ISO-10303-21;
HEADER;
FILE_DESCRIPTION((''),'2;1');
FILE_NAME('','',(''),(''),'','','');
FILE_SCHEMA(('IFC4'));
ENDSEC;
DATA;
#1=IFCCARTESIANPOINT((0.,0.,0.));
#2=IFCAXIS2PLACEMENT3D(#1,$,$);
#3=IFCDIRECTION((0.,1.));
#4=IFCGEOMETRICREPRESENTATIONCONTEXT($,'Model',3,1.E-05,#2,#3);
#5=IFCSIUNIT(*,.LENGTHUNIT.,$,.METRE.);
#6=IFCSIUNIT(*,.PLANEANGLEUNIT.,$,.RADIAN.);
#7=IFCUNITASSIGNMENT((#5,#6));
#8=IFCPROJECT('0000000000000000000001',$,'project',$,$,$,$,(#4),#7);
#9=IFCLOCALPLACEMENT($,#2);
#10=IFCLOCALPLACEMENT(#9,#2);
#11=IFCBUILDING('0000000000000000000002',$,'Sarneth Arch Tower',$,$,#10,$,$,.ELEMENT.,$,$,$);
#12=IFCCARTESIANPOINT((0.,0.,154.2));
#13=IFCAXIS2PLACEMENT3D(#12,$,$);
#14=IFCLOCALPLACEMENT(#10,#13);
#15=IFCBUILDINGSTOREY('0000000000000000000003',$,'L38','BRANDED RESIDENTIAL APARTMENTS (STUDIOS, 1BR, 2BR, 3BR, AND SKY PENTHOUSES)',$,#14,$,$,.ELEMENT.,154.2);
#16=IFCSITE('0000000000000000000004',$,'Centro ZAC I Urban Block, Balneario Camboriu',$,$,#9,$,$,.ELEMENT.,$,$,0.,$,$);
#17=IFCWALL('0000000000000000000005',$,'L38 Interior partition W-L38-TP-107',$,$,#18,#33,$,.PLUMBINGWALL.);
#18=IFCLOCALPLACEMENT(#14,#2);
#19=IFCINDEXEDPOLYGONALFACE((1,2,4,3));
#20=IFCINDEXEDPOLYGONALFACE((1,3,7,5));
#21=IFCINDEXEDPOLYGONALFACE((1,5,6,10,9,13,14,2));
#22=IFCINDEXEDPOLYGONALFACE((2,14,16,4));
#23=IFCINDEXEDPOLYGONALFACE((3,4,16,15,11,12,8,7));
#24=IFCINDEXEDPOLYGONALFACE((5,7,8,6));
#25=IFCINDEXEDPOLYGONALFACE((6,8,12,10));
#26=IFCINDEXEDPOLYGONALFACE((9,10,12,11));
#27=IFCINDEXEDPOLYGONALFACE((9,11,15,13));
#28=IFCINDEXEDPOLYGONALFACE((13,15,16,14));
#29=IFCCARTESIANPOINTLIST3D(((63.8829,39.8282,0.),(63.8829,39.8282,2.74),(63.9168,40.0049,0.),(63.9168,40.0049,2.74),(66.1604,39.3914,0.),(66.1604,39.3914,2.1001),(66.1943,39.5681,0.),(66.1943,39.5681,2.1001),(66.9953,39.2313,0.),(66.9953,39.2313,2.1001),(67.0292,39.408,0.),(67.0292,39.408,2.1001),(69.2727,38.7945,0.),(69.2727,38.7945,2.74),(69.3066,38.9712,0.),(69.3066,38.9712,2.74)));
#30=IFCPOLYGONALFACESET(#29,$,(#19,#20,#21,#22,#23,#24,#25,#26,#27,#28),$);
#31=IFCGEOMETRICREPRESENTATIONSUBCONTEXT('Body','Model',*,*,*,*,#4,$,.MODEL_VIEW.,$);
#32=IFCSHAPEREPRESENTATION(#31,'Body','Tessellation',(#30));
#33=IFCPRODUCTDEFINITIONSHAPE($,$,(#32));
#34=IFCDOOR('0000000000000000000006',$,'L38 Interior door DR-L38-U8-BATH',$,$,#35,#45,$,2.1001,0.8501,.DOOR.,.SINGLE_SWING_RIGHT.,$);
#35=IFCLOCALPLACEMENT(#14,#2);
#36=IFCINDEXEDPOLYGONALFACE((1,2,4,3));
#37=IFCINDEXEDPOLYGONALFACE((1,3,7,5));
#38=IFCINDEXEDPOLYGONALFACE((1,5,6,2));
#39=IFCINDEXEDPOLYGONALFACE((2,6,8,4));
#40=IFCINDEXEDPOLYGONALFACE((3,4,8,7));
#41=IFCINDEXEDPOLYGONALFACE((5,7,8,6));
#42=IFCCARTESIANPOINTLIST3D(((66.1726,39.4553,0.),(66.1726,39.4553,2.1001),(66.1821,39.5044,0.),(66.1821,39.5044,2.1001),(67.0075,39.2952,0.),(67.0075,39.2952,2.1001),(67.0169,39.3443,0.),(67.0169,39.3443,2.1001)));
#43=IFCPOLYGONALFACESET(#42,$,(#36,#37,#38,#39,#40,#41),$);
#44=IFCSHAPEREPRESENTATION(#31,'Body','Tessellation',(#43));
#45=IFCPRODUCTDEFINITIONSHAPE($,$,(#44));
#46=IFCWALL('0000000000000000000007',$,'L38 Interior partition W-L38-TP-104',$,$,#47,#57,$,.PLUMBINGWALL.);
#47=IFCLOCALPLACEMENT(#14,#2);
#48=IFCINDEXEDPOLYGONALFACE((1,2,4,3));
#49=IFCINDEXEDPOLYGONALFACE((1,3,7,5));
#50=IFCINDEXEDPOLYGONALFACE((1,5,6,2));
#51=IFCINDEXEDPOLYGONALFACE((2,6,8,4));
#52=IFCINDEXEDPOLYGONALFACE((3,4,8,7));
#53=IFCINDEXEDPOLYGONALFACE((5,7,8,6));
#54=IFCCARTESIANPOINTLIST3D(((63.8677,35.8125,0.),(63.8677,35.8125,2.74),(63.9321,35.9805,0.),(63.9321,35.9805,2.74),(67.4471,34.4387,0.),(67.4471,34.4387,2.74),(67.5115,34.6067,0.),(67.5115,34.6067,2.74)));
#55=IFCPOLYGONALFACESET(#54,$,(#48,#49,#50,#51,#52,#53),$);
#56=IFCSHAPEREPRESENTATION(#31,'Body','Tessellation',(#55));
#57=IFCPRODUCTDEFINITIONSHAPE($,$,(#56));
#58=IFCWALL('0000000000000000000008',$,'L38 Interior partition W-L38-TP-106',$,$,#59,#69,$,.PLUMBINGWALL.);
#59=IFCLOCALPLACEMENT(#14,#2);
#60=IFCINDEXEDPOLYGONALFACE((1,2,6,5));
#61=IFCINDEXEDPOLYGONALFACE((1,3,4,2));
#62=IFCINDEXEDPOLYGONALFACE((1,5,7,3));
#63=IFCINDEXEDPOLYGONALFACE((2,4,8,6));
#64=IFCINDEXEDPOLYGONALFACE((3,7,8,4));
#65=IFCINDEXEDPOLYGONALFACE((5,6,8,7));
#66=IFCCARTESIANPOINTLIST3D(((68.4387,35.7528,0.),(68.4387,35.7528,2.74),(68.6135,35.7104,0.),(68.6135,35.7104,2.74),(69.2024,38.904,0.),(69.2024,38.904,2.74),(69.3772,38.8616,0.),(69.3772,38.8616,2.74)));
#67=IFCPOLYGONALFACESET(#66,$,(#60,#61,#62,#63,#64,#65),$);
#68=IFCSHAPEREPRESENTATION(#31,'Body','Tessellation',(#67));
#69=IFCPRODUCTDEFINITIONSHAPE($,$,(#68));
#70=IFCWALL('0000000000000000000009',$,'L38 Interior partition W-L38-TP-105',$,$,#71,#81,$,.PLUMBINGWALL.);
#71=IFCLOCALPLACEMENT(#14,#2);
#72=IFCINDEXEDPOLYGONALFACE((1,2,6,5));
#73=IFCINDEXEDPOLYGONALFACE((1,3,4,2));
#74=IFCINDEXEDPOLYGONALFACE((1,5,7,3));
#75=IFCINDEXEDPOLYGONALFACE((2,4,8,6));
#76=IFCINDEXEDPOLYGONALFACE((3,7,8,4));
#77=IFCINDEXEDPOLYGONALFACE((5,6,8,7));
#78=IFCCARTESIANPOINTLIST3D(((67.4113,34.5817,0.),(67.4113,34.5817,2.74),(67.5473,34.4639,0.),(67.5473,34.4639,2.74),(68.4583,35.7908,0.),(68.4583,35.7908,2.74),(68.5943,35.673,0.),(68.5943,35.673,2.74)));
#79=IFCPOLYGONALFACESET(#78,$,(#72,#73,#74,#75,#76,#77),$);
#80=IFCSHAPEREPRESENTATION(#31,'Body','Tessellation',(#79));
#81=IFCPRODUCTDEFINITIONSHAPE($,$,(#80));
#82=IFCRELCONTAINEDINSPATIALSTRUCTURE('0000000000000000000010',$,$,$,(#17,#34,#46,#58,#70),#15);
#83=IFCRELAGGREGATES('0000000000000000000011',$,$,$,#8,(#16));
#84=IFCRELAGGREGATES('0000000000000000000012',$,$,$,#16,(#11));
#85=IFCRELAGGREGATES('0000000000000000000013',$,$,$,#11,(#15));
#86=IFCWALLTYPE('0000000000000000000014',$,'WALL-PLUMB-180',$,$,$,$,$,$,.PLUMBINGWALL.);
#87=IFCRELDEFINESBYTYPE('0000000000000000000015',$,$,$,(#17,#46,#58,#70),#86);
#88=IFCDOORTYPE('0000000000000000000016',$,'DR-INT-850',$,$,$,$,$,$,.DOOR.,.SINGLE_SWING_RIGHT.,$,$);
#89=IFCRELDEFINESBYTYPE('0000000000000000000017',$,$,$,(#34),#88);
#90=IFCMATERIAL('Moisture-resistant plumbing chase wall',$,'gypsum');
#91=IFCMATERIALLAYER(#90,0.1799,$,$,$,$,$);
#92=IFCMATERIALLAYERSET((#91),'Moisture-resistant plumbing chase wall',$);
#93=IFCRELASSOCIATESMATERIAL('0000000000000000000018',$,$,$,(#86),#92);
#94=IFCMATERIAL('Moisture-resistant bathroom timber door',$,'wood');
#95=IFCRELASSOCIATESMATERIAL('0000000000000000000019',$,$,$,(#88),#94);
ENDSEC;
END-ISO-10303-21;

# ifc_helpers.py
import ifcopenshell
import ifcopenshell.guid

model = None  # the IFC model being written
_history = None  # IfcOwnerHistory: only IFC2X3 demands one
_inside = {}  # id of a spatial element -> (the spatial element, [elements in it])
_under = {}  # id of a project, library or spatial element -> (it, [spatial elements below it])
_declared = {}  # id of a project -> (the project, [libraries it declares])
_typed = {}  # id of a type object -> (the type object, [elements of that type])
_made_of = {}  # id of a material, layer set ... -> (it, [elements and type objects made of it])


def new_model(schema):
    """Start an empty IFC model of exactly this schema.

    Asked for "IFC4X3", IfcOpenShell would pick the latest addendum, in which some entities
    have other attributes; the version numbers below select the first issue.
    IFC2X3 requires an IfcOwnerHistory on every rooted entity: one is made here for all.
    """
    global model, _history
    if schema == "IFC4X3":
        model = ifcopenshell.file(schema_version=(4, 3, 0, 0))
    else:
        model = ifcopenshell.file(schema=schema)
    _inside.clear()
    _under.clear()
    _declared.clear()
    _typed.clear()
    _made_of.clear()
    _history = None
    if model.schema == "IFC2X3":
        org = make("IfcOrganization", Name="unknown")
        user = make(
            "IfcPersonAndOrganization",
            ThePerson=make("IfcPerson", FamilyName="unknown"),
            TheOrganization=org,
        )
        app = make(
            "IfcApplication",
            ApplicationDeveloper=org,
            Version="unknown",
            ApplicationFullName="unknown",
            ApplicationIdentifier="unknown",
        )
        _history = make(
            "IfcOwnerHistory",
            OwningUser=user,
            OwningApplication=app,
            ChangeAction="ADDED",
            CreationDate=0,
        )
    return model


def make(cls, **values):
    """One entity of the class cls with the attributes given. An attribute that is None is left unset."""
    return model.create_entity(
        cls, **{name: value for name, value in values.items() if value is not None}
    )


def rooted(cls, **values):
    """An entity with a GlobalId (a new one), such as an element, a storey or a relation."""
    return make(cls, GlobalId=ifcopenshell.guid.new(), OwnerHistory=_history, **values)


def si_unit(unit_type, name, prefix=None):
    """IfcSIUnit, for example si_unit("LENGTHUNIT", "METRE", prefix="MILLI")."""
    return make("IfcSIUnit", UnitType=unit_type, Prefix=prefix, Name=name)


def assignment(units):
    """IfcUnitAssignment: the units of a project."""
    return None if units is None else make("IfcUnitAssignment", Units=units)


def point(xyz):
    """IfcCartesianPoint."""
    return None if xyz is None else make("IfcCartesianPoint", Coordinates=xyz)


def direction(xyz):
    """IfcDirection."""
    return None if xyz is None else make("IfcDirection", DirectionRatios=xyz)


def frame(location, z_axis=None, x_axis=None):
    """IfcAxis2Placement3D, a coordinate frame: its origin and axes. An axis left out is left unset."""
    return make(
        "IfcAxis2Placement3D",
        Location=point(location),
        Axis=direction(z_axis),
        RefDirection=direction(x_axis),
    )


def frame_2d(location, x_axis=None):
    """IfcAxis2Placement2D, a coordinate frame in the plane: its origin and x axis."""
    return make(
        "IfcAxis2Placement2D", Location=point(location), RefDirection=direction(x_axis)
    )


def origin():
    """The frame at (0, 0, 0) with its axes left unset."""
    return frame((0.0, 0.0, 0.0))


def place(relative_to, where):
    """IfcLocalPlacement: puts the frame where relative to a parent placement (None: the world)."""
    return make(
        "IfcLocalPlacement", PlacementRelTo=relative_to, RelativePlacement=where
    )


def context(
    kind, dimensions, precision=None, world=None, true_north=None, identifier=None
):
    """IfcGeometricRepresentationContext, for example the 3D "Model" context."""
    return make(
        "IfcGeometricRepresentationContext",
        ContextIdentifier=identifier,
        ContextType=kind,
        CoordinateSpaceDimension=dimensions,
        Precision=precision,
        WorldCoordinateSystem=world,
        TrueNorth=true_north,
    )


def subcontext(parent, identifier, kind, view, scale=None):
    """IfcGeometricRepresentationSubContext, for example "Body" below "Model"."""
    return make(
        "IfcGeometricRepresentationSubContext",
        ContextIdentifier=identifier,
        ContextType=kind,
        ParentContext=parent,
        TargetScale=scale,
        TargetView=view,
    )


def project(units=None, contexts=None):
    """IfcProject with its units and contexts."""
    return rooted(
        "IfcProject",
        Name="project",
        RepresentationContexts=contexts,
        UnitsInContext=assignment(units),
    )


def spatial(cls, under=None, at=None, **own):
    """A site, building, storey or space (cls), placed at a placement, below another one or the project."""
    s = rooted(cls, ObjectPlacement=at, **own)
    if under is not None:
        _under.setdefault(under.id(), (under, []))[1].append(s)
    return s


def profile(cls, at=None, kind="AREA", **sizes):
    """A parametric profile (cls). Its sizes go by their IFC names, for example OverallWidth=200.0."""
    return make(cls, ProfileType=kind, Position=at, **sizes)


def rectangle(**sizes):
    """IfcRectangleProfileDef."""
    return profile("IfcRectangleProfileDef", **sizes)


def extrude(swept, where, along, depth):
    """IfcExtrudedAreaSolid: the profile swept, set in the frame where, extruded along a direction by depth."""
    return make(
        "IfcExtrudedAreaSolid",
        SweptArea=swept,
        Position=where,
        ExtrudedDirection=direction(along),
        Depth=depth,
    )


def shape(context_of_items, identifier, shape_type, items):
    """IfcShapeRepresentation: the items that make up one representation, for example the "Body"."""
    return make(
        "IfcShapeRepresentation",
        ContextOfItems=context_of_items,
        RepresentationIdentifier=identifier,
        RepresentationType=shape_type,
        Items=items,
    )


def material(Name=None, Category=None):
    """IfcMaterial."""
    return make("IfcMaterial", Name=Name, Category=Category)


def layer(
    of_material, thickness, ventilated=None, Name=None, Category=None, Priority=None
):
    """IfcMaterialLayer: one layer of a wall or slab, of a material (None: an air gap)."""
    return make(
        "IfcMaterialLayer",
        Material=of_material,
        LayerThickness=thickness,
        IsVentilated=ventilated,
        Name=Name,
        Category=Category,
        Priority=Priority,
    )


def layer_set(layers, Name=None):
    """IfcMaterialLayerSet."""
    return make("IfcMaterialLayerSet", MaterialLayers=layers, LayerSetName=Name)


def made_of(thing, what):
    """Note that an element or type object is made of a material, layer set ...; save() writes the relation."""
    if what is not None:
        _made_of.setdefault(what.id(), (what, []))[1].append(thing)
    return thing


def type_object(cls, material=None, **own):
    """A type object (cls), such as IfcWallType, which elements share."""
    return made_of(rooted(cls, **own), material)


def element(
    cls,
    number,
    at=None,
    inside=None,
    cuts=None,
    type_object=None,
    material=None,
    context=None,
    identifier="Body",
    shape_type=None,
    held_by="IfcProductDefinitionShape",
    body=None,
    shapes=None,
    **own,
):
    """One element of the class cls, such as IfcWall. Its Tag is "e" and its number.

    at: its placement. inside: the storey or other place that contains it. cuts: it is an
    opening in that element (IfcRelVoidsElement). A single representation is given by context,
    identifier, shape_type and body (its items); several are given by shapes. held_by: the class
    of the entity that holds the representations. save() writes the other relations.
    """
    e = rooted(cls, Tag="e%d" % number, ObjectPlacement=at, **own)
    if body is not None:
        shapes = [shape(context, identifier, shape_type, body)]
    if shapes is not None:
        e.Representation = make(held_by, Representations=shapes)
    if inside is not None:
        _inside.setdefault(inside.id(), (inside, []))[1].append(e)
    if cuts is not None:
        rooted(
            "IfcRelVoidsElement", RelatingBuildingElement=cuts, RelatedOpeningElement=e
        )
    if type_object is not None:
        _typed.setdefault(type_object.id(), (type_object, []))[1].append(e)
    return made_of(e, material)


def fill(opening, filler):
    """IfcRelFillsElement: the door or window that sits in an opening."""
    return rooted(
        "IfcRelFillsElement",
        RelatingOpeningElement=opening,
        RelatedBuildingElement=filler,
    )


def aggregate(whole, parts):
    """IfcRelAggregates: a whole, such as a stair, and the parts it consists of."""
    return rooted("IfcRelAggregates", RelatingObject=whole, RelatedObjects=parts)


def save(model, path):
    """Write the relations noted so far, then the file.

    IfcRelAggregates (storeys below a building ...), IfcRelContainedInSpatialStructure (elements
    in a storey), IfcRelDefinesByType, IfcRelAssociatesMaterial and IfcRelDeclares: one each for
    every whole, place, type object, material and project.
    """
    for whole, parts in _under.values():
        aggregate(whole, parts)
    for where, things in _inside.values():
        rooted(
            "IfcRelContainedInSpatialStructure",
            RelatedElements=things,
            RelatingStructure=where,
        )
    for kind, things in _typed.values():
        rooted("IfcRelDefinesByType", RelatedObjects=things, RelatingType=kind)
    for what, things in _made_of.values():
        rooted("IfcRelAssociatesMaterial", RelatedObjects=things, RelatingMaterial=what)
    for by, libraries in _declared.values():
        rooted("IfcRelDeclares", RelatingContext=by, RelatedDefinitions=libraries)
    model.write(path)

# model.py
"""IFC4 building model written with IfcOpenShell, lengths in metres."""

from ifc_helpers import new_model, si_unit, direction, frame, frame_2d, origin, place, context, subcontext, project, spatial, rectangle, extrude, material, layer, layer_set, type_object, element, fill, save


model = new_model("IFC4")

# Units and contexts
model_context = context("Model", 3, precision=1e-05, world=origin(), true_north=direction((0.0, 1.0)))
body_context = subcontext(model_context, "Body", "Model", "MODEL_VIEW")
ifc_project = project(units=[si_unit("LENGTHUNIT", "METRE"), si_unit("PLANEANGLEUNIT", "RADIAN")], contexts=[model_context])

# Site, building, storey
site_placement = place(None, origin())
site = spatial("IfcSite", under=ifc_project, at=site_placement, Name="Centro ZAC I Urban Block, Balneario Camboriu", CompositionType="ELEMENT", RefElevation=0.0)
building_placement = place(site_placement, origin())
building = spatial("IfcBuilding", under=site, at=building_placement, Name="Sarneth Arch Tower", CompositionType="ELEMENT")
storey_placement = place(building_placement, frame((0.0, 0.0, 154.2)))
storey = spatial("IfcBuildingStorey", under=building, at=storey_placement, Name="L38", Description="BRANDED RESIDENTIAL APARTMENTS (STUDIOS, 1BR, 2BR, 3BR, AND SKY PENTHOUSES)", CompositionType="ELEMENT", Elevation=154.2)

# Wall, opening, door
ifc_material_1 = material(Name="Moisture-resistant plumbing chase wall", Category="gypsum")
ifc_layer_1 = layer(ifc_material_1, 0.1799)
ifc_layer_set_1 = layer_set([ifc_layer_1], Name="Moisture-resistant plumbing chase wall")
wall_type_1 = type_object("IfcWallType", Name="WALL-PLUMB-180", PredefinedType="PLUMBINGWALL", material=ifc_layer_set_1)
wall_1_placement = place(storey_placement, frame((69.2898, 38.8828, 0.0), z_axis=(0.0, 0.0, 1.0), x_axis=(-0.982102, 0.188351, 0.0)))
wall_1 = element("IfcWall", 1, at=wall_1_placement, inside=storey, type_object=wall_type_1, Name="L38 Interior partition W-L38-TP-107", PredefinedType="PLUMBINGWALL", context=body_context, shape_type="SweptSolid", body=[
    extrude(rectangle(XDim=5.488, YDim=0.1799, at=frame_2d((2.7441, 0.0))), origin(), (0.0, 0.0, 1.0), 2.74),
])
opening_1_placement = place(wall_1_placement, frame((2.3191, 0.0, 0.0)))
opening_1 = element("IfcOpeningElement", 2, at=opening_1_placement, cuts=wall_1, PredefinedType="OPENING", context=body_context, shape_type="SweptSolid", body=[
    extrude(rectangle(XDim=0.8501, YDim=2.1001, at=frame_2d((0.425, 1.05))), frame((0.0, 0.0999, 0.0), z_axis=(0.0, -1.0, 0.0), x_axis=(1.0, 0.0, 0.0)), (0.0, 0.0, 1.0), 0.2),
])
ifc_material_2 = material(Name="Moisture-resistant bathroom timber door", Category="wood")
door_type_1 = type_object("IfcDoorType", Name="DR-INT-850", OperationType="SINGLE_SWING_RIGHT", PredefinedType="DOOR", material=ifc_material_2)
door_1_placement = place(opening_1_placement, origin())
door_1 = element("IfcDoor", 3, at=door_1_placement, inside=storey, type_object=door_type_1, Name="L38 Interior door DR-L38-U8-BATH", OperationType="SINGLE_SWING_RIGHT", OverallHeight=2.1001, OverallWidth=0.8501, PredefinedType="DOOR", context=body_context, shape_type="SweptSolid", body=[
    extrude(rectangle(XDim=0.8501, YDim=2.1001, at=frame_2d((0.425, 1.05))), frame((0.0, 0.0249, 0.0), z_axis=(0.0, -1.0, 0.0), x_axis=(1.0, 0.0, 0.0)), (0.0, 0.0, 1.0), 0.05),
])
fill(opening_1, door_1)

# Walls
wall_2_placement = place(storey_placement, frame((63.8999, 35.8965, 0.0), z_axis=(0.0, 0.0, 1.0), x_axis=(0.933598, -0.358322, 0.0)))
element("IfcWall", 4, at=wall_2_placement, inside=storey, type_object=wall_type_1, Name="L38 Interior partition W-L38-TP-104", PredefinedType="PLUMBINGWALL", context=body_context, shape_type="SweptSolid", body=[
    extrude(rectangle(XDim=3.834, YDim=0.1799, at=frame_2d((1.917, 0.0))), origin(), (0.0, 0.0, 1.0), 2.74),
])
wall_3_placement = place(storey_placement, frame((68.5261, 35.7317, 0.0), z_axis=(0.0, 0.0, 1.0), x_axis=(0.235531, 0.971867, 0.0)))
element("IfcWall", 5, at=wall_3_placement, inside=storey, type_object=wall_type_1, Name="L38 Interior partition W-L38-TP-106", PredefinedType="PLUMBINGWALL", context=body_context, shape_type="SweptSolid", body=[
    extrude(rectangle(XDim=3.2424, YDim=0.1799, at=frame_2d((1.6211, 0.0))), origin(), (0.0, 0.0, 1.0), 2.74),
])
wall_4_placement = place(storey_placement, frame((67.4792, 34.5227, 0.0), z_axis=(0.0, 0.0, 1.0), x_axis=(0.654605, 0.755971, 0.0)))
element("IfcWall", 6, at=wall_4_placement, inside=storey, type_object=wall_type_1, Name="L38 Interior partition W-L38-TP-105", PredefinedType="PLUMBINGWALL", context=body_context, shape_type="SweptSolid", body=[
    extrude(rectangle(XDim=1.5994, YDim=0.1799, at=frame_2d((0.7998, 0.0))), origin(), (0.0, 0.0, 1.0), 2.74),
])

save(model, "model.ifc")
